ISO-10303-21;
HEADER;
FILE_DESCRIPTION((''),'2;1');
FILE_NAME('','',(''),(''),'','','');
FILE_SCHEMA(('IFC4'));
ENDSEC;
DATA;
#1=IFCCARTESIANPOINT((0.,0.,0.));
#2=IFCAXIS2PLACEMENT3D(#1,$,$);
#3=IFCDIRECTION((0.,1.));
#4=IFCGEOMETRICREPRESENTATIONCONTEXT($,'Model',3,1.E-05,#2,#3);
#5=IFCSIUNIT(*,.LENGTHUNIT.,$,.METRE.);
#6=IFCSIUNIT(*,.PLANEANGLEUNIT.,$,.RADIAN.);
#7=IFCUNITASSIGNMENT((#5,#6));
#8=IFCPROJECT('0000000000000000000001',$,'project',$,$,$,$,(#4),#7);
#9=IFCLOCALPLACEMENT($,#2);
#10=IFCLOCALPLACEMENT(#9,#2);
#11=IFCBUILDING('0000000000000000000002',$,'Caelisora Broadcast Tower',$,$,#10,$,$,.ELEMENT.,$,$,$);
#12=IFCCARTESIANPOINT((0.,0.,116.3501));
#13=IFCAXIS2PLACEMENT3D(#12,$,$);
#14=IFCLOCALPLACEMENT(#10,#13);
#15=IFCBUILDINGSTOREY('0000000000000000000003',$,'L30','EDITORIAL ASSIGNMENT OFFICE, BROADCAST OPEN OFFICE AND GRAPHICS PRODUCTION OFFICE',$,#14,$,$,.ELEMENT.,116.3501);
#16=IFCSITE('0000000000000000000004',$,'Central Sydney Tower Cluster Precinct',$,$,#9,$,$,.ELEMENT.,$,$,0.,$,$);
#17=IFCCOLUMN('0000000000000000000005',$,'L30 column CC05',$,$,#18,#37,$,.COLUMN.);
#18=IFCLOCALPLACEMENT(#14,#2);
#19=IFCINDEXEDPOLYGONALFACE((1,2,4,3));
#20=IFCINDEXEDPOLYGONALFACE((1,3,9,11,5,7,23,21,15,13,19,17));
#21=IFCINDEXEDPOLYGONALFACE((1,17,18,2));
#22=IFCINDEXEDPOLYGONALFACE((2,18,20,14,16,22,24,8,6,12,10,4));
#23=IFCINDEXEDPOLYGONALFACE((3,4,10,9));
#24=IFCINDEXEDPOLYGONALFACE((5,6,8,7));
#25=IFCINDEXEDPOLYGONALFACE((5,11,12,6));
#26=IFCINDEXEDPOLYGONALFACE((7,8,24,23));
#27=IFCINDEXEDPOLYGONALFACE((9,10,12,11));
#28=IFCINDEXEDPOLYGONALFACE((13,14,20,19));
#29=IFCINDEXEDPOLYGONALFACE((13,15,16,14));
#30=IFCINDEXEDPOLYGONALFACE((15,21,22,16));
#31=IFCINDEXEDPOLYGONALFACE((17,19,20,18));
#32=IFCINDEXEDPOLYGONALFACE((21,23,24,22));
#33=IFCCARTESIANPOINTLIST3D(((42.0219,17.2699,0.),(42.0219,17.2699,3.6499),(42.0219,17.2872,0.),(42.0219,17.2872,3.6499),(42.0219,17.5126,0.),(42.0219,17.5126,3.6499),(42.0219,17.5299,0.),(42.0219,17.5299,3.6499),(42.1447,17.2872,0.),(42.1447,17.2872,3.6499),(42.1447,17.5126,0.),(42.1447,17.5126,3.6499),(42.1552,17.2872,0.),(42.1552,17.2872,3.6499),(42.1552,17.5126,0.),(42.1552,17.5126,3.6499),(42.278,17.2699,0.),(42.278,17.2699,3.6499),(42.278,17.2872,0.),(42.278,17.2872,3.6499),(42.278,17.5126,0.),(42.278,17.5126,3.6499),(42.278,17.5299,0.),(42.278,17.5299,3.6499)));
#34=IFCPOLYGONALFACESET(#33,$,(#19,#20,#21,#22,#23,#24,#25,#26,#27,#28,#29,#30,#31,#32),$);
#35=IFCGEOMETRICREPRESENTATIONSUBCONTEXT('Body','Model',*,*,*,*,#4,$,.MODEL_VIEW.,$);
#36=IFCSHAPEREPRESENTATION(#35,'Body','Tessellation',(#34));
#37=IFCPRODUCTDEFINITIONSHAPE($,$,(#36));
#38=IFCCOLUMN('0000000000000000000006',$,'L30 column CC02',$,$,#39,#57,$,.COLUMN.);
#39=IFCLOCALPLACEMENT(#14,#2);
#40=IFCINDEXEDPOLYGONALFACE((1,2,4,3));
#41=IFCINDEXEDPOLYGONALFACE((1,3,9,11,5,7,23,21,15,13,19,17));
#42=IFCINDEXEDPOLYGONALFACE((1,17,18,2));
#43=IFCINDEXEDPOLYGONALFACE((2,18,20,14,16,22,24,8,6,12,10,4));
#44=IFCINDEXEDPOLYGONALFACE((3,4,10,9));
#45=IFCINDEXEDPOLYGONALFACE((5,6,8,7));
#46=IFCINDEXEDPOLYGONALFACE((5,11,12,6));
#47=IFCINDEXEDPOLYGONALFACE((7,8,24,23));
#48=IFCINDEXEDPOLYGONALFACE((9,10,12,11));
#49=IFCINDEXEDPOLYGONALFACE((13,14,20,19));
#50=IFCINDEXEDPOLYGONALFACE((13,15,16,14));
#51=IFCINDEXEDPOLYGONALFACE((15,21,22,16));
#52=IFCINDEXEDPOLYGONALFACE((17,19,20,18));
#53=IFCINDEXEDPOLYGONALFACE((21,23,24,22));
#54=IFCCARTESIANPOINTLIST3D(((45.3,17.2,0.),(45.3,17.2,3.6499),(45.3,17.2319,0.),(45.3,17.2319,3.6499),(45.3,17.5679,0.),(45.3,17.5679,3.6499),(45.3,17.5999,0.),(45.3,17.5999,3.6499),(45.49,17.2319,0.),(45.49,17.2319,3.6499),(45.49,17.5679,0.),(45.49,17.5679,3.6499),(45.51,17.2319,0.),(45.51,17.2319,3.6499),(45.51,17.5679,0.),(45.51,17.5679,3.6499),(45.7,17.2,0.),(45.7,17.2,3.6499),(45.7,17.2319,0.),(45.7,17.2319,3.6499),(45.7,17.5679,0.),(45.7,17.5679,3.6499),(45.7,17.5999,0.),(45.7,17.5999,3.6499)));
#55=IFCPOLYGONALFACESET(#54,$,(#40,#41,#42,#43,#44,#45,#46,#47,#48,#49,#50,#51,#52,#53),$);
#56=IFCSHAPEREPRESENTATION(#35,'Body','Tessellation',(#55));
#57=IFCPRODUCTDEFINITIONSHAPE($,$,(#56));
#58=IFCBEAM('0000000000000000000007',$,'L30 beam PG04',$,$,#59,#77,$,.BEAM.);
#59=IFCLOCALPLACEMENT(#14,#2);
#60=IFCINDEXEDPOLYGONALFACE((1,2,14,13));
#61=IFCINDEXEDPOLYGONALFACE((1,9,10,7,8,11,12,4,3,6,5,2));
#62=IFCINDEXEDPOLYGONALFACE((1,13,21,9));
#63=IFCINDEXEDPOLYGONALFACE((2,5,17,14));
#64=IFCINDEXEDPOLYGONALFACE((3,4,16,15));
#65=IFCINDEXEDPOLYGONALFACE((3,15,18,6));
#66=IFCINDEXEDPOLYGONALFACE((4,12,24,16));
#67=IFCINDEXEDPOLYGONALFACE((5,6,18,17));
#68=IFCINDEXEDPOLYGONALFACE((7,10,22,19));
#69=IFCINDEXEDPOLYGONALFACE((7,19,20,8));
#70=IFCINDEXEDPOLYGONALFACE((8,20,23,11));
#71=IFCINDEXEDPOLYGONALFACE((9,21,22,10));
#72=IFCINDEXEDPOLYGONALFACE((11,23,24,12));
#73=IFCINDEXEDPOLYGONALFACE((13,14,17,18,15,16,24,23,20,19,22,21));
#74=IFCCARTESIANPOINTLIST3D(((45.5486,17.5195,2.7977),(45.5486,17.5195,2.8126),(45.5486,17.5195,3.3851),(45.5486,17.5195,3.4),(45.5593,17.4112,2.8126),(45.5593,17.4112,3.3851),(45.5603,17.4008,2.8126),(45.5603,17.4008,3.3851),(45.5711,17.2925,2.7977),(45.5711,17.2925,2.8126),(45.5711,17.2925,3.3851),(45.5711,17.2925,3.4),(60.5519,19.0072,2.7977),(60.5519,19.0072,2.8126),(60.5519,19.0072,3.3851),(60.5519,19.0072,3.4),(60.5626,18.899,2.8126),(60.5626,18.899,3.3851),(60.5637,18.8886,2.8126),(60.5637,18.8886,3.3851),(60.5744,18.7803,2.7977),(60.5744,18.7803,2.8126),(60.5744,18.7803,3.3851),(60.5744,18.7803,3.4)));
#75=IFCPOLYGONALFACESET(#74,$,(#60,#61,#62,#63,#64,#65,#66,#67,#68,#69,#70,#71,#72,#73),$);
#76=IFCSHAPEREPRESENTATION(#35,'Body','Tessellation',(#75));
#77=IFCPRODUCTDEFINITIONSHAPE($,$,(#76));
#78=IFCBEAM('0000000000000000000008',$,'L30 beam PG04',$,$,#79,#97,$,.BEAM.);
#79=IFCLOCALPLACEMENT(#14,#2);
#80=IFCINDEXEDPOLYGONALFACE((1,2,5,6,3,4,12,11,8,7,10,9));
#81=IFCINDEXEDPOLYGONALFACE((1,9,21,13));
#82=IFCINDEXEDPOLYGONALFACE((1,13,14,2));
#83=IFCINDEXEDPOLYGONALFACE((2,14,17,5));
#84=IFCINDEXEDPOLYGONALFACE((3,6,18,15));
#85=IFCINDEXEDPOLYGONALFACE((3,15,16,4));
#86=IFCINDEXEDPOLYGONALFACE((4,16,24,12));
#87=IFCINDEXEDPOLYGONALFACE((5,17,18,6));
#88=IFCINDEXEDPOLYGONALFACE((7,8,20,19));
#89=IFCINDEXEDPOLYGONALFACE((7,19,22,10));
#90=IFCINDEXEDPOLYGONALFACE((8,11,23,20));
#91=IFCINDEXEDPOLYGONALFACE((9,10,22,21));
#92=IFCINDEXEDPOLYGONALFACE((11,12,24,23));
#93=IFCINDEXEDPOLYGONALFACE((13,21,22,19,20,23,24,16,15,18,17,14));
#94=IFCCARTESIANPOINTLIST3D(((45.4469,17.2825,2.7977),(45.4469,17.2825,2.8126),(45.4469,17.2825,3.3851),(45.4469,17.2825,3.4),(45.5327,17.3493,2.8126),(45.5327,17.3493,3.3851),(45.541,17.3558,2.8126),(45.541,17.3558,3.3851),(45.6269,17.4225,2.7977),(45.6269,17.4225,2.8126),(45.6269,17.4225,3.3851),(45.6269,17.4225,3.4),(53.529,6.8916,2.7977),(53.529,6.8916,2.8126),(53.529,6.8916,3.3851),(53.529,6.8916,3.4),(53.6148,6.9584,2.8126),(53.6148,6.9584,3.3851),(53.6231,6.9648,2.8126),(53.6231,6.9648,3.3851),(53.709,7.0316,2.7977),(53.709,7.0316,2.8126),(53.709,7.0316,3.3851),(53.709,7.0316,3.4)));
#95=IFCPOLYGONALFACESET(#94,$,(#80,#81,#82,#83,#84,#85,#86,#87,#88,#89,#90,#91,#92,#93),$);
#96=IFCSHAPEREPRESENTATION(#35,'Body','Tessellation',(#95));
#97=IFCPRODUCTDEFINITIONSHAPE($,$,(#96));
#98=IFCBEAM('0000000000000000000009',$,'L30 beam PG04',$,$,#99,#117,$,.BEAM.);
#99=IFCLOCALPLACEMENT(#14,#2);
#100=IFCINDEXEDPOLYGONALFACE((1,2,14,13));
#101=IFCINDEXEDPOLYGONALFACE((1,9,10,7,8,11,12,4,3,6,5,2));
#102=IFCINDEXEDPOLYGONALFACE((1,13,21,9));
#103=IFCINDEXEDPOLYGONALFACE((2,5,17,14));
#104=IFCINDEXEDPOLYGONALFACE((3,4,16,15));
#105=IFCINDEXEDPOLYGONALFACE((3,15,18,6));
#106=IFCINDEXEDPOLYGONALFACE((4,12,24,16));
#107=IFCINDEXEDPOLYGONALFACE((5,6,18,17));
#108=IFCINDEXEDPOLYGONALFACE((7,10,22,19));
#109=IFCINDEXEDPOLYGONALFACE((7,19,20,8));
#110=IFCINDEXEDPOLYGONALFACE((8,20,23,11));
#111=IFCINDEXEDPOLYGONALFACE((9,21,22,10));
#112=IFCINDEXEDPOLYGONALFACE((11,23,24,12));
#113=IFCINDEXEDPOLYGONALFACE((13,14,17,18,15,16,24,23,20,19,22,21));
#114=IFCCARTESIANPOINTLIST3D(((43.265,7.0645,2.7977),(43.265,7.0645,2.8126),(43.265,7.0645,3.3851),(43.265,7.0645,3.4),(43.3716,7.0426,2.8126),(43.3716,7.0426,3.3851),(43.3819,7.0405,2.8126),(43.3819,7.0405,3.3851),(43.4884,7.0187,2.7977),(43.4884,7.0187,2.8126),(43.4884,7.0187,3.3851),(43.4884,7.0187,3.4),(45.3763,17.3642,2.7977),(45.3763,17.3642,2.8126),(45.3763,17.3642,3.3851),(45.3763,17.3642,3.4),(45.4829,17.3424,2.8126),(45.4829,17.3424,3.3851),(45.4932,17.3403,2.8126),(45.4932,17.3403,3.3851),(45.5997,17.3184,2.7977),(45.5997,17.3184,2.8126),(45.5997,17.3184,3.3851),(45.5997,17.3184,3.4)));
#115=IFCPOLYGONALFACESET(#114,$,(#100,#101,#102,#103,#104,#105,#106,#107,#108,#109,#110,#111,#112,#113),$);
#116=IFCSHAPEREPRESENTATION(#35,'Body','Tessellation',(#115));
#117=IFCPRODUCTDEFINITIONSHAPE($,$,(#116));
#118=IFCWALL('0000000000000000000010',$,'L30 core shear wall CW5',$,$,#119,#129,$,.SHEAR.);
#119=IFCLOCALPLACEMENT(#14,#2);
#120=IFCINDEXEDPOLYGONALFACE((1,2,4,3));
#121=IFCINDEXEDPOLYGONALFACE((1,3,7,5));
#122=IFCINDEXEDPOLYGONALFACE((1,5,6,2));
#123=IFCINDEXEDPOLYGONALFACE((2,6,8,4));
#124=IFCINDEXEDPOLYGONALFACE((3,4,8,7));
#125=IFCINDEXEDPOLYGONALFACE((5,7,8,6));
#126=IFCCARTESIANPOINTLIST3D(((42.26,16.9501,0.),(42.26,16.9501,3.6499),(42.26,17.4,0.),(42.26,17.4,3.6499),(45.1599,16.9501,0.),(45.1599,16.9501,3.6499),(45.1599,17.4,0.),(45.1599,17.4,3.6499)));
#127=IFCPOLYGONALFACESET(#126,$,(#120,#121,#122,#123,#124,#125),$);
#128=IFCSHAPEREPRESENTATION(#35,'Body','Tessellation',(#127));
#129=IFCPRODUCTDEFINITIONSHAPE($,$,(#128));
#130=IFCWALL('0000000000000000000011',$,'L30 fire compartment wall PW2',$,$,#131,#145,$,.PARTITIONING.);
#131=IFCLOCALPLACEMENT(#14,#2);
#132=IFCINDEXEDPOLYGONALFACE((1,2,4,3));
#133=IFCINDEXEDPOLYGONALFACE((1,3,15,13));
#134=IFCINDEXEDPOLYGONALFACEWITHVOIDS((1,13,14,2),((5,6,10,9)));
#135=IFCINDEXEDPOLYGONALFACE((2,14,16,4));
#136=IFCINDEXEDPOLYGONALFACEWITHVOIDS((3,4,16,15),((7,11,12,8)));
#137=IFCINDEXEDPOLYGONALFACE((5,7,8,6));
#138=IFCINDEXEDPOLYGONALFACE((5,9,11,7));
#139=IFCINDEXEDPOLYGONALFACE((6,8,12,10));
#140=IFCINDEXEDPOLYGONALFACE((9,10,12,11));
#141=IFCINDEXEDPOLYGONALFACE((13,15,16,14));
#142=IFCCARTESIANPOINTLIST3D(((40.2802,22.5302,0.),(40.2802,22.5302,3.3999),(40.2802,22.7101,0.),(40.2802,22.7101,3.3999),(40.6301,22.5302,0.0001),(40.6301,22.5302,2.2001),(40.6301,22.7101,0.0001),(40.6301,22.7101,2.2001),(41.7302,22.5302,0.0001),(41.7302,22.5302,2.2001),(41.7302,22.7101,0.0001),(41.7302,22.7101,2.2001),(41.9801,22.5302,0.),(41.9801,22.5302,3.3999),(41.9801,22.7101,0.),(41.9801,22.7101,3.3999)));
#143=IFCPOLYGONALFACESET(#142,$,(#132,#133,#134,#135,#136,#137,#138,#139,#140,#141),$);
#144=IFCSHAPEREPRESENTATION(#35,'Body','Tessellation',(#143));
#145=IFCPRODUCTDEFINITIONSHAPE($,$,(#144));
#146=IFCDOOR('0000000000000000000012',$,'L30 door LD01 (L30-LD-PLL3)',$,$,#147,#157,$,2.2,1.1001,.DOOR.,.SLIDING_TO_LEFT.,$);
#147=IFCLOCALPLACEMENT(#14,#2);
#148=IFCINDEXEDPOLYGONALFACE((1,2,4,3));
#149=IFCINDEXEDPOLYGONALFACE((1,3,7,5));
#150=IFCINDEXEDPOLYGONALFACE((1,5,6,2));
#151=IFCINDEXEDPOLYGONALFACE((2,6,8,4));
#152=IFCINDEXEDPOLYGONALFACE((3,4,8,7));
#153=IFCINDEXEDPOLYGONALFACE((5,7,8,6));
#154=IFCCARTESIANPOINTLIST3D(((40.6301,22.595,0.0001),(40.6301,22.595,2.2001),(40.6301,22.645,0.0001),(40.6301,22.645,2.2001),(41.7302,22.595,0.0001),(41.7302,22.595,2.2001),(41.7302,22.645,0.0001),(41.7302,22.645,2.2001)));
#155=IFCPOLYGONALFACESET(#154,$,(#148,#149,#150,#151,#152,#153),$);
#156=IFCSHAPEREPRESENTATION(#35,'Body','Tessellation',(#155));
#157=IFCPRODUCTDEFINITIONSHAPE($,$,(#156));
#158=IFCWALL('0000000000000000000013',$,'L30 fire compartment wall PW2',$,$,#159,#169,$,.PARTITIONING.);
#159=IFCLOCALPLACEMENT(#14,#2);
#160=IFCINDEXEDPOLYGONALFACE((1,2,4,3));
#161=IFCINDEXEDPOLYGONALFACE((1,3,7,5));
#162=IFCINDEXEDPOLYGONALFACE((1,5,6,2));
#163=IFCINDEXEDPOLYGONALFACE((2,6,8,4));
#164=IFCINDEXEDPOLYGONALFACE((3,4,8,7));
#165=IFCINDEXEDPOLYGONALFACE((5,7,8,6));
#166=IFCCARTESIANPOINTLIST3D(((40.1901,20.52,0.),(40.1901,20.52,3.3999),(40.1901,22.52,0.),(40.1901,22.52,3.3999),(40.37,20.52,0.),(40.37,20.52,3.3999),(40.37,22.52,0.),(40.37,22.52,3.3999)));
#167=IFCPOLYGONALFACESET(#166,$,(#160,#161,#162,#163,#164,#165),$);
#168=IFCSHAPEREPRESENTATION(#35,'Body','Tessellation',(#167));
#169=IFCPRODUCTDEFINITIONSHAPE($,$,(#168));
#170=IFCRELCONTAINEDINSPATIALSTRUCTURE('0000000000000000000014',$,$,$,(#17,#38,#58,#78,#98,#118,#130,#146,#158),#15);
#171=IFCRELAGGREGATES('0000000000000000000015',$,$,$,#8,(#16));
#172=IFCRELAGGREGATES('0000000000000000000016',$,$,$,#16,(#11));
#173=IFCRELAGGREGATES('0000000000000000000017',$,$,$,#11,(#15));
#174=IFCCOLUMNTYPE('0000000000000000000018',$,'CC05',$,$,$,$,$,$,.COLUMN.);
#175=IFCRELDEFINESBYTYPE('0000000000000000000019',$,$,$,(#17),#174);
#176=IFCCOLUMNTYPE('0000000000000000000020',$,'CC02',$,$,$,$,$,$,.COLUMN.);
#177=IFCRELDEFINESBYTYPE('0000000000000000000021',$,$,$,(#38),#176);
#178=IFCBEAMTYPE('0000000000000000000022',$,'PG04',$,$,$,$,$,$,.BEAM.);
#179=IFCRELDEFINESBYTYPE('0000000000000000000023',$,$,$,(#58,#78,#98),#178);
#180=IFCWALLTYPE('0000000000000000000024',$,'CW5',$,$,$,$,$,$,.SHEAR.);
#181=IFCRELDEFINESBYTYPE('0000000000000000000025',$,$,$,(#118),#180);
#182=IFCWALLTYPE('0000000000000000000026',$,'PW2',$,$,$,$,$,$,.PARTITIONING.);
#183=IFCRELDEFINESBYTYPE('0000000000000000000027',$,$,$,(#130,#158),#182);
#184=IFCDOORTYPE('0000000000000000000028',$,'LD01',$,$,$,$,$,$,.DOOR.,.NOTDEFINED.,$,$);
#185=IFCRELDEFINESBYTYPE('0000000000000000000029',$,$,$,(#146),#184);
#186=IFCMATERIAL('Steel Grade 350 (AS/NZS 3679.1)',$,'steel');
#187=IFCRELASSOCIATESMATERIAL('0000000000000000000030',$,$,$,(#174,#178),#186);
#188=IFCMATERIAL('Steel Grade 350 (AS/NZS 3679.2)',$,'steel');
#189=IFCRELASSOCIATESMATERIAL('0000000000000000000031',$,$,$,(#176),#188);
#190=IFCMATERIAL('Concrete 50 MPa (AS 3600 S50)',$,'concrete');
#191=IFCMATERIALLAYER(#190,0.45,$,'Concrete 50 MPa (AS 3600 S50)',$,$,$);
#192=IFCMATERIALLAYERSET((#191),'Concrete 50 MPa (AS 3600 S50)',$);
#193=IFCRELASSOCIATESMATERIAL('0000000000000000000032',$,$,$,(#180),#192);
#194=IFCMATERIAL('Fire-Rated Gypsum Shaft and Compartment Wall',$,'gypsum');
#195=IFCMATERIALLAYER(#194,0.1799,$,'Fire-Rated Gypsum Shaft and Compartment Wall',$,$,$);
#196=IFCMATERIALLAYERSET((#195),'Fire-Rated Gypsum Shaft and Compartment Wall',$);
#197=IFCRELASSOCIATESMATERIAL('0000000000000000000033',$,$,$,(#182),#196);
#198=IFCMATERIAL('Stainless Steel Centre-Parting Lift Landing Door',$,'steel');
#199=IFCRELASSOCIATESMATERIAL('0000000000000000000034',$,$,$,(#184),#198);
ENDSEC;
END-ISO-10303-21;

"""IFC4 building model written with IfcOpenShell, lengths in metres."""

from ifc_helpers import new_model, si_unit, direction, frame, frame_2d, origin, origin_2d, place, context, subcontext, project, spatial, rectangle, i_section, extrude, source, transform, mapped, material, layer, layer_set, material_profile, profile_set, type_object, type_shapes, element, fill, save


model = new_model("IFC4")

# Units and contexts
model_context = context("Model", 3, precision=1e-05, world=origin(), true_north=direction((0.0, 1.0)))
body_context = subcontext(model_context, "Body", "Model", "MODEL_VIEW")
ifc_project = project(units=[si_unit("LENGTHUNIT", "METRE"), si_unit("PLANEANGLEUNIT", "RADIAN")], contexts=[model_context])

# Site, building, storey
site_placement = place(None, origin())
site = spatial("IfcSite", under=ifc_project, at=site_placement, Name="Central Sydney Tower Cluster Precinct", CompositionType="ELEMENT", RefElevation=0.0)
building_placement = place(site_placement, origin())
building = spatial("IfcBuilding", under=site, at=building_placement, Name="Caelisora Broadcast Tower", CompositionType="ELEMENT")
storey_placement = place(building_placement, frame((0.0, 0.0, 116.3501)))
storey = spatial("IfcBuildingStorey", under=building, at=storey_placement, Name="L30", Description="EDITORIAL ASSIGNMENT OFFICE, BROADCAST OPEN OFFICE AND GRAPHICS PRODUCTION OFFICE", CompositionType="ELEMENT", Elevation=116.3501)

# Columns
ifc_material_1 = material(Name="Steel Grade 350 (AS/NZS 3679.1)", Category="steel")
ifc_material_profile_1 = material_profile(ifc_material_1, i_section(OverallWidth=0.2561, OverallDepth=0.26, WebThickness=0.0105, FlangeThickness=0.0173, at=origin_2d()), Name="Steel Grade 350 (AS/NZS 3679.1)")
ifc_profile_set_1 = profile_set([ifc_material_profile_1], Name="Steel Grade 350 (AS/NZS 3679.1)")
column_type_1 = type_object("IfcColumnType", Name="CC05", PredefinedType="COLUMN", material=ifc_profile_set_1)
shared_shape_1 = source(origin(), body_context, "Body", "SweptSolid", [
    extrude(i_section(OverallWidth=0.2561, OverallDepth=0.26, WebThickness=0.0105, FlangeThickness=0.0173, at=origin_2d()), origin(), (0.0, 0.0, 1.0), 3.6499),
])
type_shapes(column_type_1, [shared_shape_1])
column_1_placement = place(storey_placement, frame((42.1499, 17.3999, 0.0), z_axis=(0.0, 0.0, 1.0), x_axis=(1.0, 0.0, 0.0)))
element("IfcColumn", 1, at=column_1_placement, inside=storey, type_object=column_type_1, Name="L30 column CC05", PredefinedType="COLUMN", context=body_context, shape_type="MappedRepresentation", body=[
    mapped(shared_shape_1, transform((0.0, 0.0, 0.0), scale=1.0)),
])
ifc_material_2 = material(Name="Steel Grade 350 (AS/NZS 3679.2)", Category="steel")
ifc_material_profile_2 = material_profile(ifc_material_2, i_section(OverallWidth=0.3999, OverallDepth=0.3999, WebThickness=0.02, FlangeThickness=0.032, at=origin_2d()), Name="Steel Grade 350 (AS/NZS 3679.2)")
ifc_profile_set_2 = profile_set([ifc_material_profile_2], Name="Steel Grade 350 (AS/NZS 3679.2)")
column_type_2 = type_object("IfcColumnType", Name="CC02", PredefinedType="COLUMN", material=ifc_profile_set_2)
shared_shape_2 = source(origin(), body_context, "Body", "SweptSolid", [
    extrude(i_section(OverallWidth=0.3999, OverallDepth=0.3999, WebThickness=0.02, FlangeThickness=0.032, at=origin_2d()), origin(), (0.0, 0.0, 1.0), 3.6499),
])
type_shapes(column_type_2, [shared_shape_2])
column_2_placement = place(storey_placement, frame((45.5, 17.3999, 0.0), z_axis=(0.0, 0.0, 1.0), x_axis=(1.0, 0.0, 0.0)))
element("IfcColumn", 2, at=column_2_placement, inside=storey, type_object=column_type_2, Name="L30 column CC02", PredefinedType="COLUMN", context=body_context, shape_type="MappedRepresentation", body=[
    mapped(shared_shape_2, transform((0.0, 0.0, 0.0), scale=1.0)),
])

# Beams
ifc_material_profile_3 = material_profile(ifc_material_1, i_section(OverallWidth=0.228, OverallDepth=0.6023, WebThickness=0.0105, FlangeThickness=0.0149, at=origin_2d()), Name="Steel Grade 350 (AS/NZS 3679.1)")
ifc_profile_set_3 = profile_set([ifc_material_profile_3], Name="Steel Grade 350 (AS/NZS 3679.1)")
beam_type = type_object("IfcBeamType", Name="PG04", PredefinedType="BEAM", material=ifc_profile_set_3)
shared_shape_3 = source(origin(), body_context, "Body", "SweptSolid", [
    extrude(i_section(OverallWidth=0.228, OverallDepth=0.6023, WebThickness=0.0105, FlangeThickness=0.0149, at=origin_2d()), origin(), (0.0, 0.0, 1.0), 15.0769),
])
beam_1_placement = place(storey_placement, frame((45.5598, 17.406, 3.0989), z_axis=(0.995119, 0.09868, 0.0), x_axis=(-0.09868, 0.995119, 0.0)))
element("IfcBeam", 3, at=beam_1_placement, inside=storey, type_object=beam_type, Name="L30 beam PG04", PredefinedType="BEAM", context=body_context, shape_type="MappedRepresentation", body=[
    mapped(shared_shape_3, transform((0.0, 0.0, 0.0), scale=1.0)),
])
shared_shape_4 = source(origin(), body_context, "Body", "SweptSolid", [
    extrude(i_section(OverallWidth=0.228, OverallDepth=0.6023, WebThickness=0.0105, FlangeThickness=0.0149, at=origin_2d()), origin(), (0.0, 0.0, 1.0), 13.1641),
])
beam_2_placement = place(storey_placement, frame((45.5369, 17.3525, 3.0989), z_axis=(0.613952, -0.789343, 0.0), x_axis=(0.789343, 0.613952, 0.0)))
element("IfcBeam", 4, at=beam_2_placement, inside=storey, type_object=beam_type, Name="L30 beam PG04", PredefinedType="BEAM", context=body_context, shape_type="MappedRepresentation", body=[
    mapped(shared_shape_4, transform((0.0, 0.0, 0.0), scale=1.0)),
])
shared_shape_5 = source(origin(), body_context, "Body", "SweptSolid", [
    extrude(i_section(OverallWidth=0.228, OverallDepth=0.6023, WebThickness=0.0105, FlangeThickness=0.0149, at=origin_2d()), origin(), (0.0, 0.0, 1.0), 10.5139),
])
type_shapes(beam_type, [shared_shape_3, shared_shape_4, shared_shape_5])
beam_3_placement = place(storey_placement, frame((45.488, 17.3413, 3.0989), z_axis=(-0.200812, -0.97963, 0.0), x_axis=(0.97963, -0.200812, 0.0)))
element("IfcBeam", 5, at=beam_3_placement, inside=storey, type_object=beam_type, Name="L30 beam PG04", PredefinedType="BEAM", context=body_context, shape_type="MappedRepresentation", body=[
    mapped(shared_shape_5, transform((0.0, 0.0, 0.0), scale=1.0)),
])

# Shared definitions
ifc_material_3 = material(Name="Concrete 50 MPa (AS 3600 S50)", Category="concrete")

# Wall
ifc_layer_1 = layer(ifc_material_3, 0.45, Name="Concrete 50 MPa (AS 3600 S50)")
ifc_layer_set_1 = layer_set([ifc_layer_1], Name="Concrete 50 MPa (AS 3600 S50)")
wall_type_1 = type_object("IfcWallType", Name="CW5", PredefinedType="SHEAR", material=ifc_layer_set_1)
wall_1_placement = place(storey_placement, frame((42.26, 17.175, 0.0), z_axis=(0.0, 0.0, 1.0), x_axis=(1.0, 0.0, 0.0)))
element("IfcWall", 6, at=wall_1_placement, inside=storey, type_object=wall_type_1, Name="L30 core shear wall CW5", PredefinedType="SHEAR", context=body_context, shape_type="SweptSolid", body=[
    extrude(rectangle(XDim=2.8999, YDim=0.45, at=frame_2d((1.45, 0.0))), origin(), (0.0, 0.0, 1.0), 3.6499),
])

# Wall, opening, door
ifc_material_4 = material(Name="Fire-Rated Gypsum Shaft and Compartment Wall", Category="gypsum")
ifc_layer_2 = layer(ifc_material_4, 0.1799, Name="Fire-Rated Gypsum Shaft and Compartment Wall")
ifc_layer_set_2 = layer_set([ifc_layer_2], Name="Fire-Rated Gypsum Shaft and Compartment Wall")
wall_type_2 = type_object("IfcWallType", Name="PW2", PredefinedType="PARTITIONING", material=ifc_layer_set_2)
wall_2_placement = place(storey_placement, frame((40.28, 22.6201, 0.0), z_axis=(0.0, 0.0, 1.0), x_axis=(1.0, 0.0, 0.0)))
wall_2 = element("IfcWall", 7, at=wall_2_placement, inside=storey, type_object=wall_type_2, Name="L30 fire compartment wall PW2", PredefinedType="PARTITIONING", context=body_context, shape_type="SweptSolid", body=[
    extrude(rectangle(XDim=1.7, YDim=0.1799, at=frame_2d((0.8501, 0.0))), origin(), (0.0, 0.0, 1.0), 3.3999),
])
opening_1_placement = place(wall_2_placement, frame((0.3501, 0.0, 0.0)))
opening_1 = element("IfcOpeningElement", 8, at=opening_1_placement, cuts=wall_2, PredefinedType="OPENING", context=body_context, shape_type="SweptSolid", body=[
    extrude(rectangle(XDim=1.1001, YDim=2.2, at=frame_2d((0.55, 1.1001))), frame((0.0, 0.1021, 0.0), z_axis=(0.0, -1.0, 0.0), x_axis=(1.0, 0.0, 0.0)), (0.0, 0.0, 1.0), 0.2039),
])
ifc_material_5 = material(Name="Stainless Steel Centre-Parting Lift Landing Door", Category="steel")
door_type_1 = type_object("IfcDoorType", Name="LD01", OperationType="NOTDEFINED", PredefinedType="DOOR", material=ifc_material_5)
door_1_placement = place(opening_1_placement, origin())
door_1 = element("IfcDoor", 9, at=door_1_placement, inside=storey, type_object=door_type_1, Name="L30 door LD01 (L30-LD-PLL3)", OperationType="SLIDING_TO_LEFT", OverallHeight=2.2, OverallWidth=1.1001, PredefinedType="DOOR", context=body_context, shape_type="SweptSolid", body=[
    extrude(rectangle(XDim=1.1001, YDim=2.2, at=frame_2d((0.55, 1.1001))), frame((0.0, 0.0249, 0.0), z_axis=(0.0, -1.0, 0.0), x_axis=(1.0, 0.0, 0.0)), (0.0, 0.0, 1.0), 0.05),
])
fill(opening_1, door_1)

# Wall
wall_3_placement = place(storey_placement, frame((40.28, 20.52, 0.0), z_axis=(0.0, 0.0, 1.0), x_axis=(0.0, 1.0, 0.0)))
element("IfcWall", 10, at=wall_3_placement, inside=storey, type_object=wall_type_2, Name="L30 fire compartment wall PW2", PredefinedType="PARTITIONING", context=body_context, shape_type="SweptSolid", body=[
    extrude(rectangle(XDim=2.0, YDim=0.1799, at=frame_2d((1.0, 0.0))), origin(), (0.0, 0.0, 1.0), 3.3999),
])

save(model, "model.ifc")
